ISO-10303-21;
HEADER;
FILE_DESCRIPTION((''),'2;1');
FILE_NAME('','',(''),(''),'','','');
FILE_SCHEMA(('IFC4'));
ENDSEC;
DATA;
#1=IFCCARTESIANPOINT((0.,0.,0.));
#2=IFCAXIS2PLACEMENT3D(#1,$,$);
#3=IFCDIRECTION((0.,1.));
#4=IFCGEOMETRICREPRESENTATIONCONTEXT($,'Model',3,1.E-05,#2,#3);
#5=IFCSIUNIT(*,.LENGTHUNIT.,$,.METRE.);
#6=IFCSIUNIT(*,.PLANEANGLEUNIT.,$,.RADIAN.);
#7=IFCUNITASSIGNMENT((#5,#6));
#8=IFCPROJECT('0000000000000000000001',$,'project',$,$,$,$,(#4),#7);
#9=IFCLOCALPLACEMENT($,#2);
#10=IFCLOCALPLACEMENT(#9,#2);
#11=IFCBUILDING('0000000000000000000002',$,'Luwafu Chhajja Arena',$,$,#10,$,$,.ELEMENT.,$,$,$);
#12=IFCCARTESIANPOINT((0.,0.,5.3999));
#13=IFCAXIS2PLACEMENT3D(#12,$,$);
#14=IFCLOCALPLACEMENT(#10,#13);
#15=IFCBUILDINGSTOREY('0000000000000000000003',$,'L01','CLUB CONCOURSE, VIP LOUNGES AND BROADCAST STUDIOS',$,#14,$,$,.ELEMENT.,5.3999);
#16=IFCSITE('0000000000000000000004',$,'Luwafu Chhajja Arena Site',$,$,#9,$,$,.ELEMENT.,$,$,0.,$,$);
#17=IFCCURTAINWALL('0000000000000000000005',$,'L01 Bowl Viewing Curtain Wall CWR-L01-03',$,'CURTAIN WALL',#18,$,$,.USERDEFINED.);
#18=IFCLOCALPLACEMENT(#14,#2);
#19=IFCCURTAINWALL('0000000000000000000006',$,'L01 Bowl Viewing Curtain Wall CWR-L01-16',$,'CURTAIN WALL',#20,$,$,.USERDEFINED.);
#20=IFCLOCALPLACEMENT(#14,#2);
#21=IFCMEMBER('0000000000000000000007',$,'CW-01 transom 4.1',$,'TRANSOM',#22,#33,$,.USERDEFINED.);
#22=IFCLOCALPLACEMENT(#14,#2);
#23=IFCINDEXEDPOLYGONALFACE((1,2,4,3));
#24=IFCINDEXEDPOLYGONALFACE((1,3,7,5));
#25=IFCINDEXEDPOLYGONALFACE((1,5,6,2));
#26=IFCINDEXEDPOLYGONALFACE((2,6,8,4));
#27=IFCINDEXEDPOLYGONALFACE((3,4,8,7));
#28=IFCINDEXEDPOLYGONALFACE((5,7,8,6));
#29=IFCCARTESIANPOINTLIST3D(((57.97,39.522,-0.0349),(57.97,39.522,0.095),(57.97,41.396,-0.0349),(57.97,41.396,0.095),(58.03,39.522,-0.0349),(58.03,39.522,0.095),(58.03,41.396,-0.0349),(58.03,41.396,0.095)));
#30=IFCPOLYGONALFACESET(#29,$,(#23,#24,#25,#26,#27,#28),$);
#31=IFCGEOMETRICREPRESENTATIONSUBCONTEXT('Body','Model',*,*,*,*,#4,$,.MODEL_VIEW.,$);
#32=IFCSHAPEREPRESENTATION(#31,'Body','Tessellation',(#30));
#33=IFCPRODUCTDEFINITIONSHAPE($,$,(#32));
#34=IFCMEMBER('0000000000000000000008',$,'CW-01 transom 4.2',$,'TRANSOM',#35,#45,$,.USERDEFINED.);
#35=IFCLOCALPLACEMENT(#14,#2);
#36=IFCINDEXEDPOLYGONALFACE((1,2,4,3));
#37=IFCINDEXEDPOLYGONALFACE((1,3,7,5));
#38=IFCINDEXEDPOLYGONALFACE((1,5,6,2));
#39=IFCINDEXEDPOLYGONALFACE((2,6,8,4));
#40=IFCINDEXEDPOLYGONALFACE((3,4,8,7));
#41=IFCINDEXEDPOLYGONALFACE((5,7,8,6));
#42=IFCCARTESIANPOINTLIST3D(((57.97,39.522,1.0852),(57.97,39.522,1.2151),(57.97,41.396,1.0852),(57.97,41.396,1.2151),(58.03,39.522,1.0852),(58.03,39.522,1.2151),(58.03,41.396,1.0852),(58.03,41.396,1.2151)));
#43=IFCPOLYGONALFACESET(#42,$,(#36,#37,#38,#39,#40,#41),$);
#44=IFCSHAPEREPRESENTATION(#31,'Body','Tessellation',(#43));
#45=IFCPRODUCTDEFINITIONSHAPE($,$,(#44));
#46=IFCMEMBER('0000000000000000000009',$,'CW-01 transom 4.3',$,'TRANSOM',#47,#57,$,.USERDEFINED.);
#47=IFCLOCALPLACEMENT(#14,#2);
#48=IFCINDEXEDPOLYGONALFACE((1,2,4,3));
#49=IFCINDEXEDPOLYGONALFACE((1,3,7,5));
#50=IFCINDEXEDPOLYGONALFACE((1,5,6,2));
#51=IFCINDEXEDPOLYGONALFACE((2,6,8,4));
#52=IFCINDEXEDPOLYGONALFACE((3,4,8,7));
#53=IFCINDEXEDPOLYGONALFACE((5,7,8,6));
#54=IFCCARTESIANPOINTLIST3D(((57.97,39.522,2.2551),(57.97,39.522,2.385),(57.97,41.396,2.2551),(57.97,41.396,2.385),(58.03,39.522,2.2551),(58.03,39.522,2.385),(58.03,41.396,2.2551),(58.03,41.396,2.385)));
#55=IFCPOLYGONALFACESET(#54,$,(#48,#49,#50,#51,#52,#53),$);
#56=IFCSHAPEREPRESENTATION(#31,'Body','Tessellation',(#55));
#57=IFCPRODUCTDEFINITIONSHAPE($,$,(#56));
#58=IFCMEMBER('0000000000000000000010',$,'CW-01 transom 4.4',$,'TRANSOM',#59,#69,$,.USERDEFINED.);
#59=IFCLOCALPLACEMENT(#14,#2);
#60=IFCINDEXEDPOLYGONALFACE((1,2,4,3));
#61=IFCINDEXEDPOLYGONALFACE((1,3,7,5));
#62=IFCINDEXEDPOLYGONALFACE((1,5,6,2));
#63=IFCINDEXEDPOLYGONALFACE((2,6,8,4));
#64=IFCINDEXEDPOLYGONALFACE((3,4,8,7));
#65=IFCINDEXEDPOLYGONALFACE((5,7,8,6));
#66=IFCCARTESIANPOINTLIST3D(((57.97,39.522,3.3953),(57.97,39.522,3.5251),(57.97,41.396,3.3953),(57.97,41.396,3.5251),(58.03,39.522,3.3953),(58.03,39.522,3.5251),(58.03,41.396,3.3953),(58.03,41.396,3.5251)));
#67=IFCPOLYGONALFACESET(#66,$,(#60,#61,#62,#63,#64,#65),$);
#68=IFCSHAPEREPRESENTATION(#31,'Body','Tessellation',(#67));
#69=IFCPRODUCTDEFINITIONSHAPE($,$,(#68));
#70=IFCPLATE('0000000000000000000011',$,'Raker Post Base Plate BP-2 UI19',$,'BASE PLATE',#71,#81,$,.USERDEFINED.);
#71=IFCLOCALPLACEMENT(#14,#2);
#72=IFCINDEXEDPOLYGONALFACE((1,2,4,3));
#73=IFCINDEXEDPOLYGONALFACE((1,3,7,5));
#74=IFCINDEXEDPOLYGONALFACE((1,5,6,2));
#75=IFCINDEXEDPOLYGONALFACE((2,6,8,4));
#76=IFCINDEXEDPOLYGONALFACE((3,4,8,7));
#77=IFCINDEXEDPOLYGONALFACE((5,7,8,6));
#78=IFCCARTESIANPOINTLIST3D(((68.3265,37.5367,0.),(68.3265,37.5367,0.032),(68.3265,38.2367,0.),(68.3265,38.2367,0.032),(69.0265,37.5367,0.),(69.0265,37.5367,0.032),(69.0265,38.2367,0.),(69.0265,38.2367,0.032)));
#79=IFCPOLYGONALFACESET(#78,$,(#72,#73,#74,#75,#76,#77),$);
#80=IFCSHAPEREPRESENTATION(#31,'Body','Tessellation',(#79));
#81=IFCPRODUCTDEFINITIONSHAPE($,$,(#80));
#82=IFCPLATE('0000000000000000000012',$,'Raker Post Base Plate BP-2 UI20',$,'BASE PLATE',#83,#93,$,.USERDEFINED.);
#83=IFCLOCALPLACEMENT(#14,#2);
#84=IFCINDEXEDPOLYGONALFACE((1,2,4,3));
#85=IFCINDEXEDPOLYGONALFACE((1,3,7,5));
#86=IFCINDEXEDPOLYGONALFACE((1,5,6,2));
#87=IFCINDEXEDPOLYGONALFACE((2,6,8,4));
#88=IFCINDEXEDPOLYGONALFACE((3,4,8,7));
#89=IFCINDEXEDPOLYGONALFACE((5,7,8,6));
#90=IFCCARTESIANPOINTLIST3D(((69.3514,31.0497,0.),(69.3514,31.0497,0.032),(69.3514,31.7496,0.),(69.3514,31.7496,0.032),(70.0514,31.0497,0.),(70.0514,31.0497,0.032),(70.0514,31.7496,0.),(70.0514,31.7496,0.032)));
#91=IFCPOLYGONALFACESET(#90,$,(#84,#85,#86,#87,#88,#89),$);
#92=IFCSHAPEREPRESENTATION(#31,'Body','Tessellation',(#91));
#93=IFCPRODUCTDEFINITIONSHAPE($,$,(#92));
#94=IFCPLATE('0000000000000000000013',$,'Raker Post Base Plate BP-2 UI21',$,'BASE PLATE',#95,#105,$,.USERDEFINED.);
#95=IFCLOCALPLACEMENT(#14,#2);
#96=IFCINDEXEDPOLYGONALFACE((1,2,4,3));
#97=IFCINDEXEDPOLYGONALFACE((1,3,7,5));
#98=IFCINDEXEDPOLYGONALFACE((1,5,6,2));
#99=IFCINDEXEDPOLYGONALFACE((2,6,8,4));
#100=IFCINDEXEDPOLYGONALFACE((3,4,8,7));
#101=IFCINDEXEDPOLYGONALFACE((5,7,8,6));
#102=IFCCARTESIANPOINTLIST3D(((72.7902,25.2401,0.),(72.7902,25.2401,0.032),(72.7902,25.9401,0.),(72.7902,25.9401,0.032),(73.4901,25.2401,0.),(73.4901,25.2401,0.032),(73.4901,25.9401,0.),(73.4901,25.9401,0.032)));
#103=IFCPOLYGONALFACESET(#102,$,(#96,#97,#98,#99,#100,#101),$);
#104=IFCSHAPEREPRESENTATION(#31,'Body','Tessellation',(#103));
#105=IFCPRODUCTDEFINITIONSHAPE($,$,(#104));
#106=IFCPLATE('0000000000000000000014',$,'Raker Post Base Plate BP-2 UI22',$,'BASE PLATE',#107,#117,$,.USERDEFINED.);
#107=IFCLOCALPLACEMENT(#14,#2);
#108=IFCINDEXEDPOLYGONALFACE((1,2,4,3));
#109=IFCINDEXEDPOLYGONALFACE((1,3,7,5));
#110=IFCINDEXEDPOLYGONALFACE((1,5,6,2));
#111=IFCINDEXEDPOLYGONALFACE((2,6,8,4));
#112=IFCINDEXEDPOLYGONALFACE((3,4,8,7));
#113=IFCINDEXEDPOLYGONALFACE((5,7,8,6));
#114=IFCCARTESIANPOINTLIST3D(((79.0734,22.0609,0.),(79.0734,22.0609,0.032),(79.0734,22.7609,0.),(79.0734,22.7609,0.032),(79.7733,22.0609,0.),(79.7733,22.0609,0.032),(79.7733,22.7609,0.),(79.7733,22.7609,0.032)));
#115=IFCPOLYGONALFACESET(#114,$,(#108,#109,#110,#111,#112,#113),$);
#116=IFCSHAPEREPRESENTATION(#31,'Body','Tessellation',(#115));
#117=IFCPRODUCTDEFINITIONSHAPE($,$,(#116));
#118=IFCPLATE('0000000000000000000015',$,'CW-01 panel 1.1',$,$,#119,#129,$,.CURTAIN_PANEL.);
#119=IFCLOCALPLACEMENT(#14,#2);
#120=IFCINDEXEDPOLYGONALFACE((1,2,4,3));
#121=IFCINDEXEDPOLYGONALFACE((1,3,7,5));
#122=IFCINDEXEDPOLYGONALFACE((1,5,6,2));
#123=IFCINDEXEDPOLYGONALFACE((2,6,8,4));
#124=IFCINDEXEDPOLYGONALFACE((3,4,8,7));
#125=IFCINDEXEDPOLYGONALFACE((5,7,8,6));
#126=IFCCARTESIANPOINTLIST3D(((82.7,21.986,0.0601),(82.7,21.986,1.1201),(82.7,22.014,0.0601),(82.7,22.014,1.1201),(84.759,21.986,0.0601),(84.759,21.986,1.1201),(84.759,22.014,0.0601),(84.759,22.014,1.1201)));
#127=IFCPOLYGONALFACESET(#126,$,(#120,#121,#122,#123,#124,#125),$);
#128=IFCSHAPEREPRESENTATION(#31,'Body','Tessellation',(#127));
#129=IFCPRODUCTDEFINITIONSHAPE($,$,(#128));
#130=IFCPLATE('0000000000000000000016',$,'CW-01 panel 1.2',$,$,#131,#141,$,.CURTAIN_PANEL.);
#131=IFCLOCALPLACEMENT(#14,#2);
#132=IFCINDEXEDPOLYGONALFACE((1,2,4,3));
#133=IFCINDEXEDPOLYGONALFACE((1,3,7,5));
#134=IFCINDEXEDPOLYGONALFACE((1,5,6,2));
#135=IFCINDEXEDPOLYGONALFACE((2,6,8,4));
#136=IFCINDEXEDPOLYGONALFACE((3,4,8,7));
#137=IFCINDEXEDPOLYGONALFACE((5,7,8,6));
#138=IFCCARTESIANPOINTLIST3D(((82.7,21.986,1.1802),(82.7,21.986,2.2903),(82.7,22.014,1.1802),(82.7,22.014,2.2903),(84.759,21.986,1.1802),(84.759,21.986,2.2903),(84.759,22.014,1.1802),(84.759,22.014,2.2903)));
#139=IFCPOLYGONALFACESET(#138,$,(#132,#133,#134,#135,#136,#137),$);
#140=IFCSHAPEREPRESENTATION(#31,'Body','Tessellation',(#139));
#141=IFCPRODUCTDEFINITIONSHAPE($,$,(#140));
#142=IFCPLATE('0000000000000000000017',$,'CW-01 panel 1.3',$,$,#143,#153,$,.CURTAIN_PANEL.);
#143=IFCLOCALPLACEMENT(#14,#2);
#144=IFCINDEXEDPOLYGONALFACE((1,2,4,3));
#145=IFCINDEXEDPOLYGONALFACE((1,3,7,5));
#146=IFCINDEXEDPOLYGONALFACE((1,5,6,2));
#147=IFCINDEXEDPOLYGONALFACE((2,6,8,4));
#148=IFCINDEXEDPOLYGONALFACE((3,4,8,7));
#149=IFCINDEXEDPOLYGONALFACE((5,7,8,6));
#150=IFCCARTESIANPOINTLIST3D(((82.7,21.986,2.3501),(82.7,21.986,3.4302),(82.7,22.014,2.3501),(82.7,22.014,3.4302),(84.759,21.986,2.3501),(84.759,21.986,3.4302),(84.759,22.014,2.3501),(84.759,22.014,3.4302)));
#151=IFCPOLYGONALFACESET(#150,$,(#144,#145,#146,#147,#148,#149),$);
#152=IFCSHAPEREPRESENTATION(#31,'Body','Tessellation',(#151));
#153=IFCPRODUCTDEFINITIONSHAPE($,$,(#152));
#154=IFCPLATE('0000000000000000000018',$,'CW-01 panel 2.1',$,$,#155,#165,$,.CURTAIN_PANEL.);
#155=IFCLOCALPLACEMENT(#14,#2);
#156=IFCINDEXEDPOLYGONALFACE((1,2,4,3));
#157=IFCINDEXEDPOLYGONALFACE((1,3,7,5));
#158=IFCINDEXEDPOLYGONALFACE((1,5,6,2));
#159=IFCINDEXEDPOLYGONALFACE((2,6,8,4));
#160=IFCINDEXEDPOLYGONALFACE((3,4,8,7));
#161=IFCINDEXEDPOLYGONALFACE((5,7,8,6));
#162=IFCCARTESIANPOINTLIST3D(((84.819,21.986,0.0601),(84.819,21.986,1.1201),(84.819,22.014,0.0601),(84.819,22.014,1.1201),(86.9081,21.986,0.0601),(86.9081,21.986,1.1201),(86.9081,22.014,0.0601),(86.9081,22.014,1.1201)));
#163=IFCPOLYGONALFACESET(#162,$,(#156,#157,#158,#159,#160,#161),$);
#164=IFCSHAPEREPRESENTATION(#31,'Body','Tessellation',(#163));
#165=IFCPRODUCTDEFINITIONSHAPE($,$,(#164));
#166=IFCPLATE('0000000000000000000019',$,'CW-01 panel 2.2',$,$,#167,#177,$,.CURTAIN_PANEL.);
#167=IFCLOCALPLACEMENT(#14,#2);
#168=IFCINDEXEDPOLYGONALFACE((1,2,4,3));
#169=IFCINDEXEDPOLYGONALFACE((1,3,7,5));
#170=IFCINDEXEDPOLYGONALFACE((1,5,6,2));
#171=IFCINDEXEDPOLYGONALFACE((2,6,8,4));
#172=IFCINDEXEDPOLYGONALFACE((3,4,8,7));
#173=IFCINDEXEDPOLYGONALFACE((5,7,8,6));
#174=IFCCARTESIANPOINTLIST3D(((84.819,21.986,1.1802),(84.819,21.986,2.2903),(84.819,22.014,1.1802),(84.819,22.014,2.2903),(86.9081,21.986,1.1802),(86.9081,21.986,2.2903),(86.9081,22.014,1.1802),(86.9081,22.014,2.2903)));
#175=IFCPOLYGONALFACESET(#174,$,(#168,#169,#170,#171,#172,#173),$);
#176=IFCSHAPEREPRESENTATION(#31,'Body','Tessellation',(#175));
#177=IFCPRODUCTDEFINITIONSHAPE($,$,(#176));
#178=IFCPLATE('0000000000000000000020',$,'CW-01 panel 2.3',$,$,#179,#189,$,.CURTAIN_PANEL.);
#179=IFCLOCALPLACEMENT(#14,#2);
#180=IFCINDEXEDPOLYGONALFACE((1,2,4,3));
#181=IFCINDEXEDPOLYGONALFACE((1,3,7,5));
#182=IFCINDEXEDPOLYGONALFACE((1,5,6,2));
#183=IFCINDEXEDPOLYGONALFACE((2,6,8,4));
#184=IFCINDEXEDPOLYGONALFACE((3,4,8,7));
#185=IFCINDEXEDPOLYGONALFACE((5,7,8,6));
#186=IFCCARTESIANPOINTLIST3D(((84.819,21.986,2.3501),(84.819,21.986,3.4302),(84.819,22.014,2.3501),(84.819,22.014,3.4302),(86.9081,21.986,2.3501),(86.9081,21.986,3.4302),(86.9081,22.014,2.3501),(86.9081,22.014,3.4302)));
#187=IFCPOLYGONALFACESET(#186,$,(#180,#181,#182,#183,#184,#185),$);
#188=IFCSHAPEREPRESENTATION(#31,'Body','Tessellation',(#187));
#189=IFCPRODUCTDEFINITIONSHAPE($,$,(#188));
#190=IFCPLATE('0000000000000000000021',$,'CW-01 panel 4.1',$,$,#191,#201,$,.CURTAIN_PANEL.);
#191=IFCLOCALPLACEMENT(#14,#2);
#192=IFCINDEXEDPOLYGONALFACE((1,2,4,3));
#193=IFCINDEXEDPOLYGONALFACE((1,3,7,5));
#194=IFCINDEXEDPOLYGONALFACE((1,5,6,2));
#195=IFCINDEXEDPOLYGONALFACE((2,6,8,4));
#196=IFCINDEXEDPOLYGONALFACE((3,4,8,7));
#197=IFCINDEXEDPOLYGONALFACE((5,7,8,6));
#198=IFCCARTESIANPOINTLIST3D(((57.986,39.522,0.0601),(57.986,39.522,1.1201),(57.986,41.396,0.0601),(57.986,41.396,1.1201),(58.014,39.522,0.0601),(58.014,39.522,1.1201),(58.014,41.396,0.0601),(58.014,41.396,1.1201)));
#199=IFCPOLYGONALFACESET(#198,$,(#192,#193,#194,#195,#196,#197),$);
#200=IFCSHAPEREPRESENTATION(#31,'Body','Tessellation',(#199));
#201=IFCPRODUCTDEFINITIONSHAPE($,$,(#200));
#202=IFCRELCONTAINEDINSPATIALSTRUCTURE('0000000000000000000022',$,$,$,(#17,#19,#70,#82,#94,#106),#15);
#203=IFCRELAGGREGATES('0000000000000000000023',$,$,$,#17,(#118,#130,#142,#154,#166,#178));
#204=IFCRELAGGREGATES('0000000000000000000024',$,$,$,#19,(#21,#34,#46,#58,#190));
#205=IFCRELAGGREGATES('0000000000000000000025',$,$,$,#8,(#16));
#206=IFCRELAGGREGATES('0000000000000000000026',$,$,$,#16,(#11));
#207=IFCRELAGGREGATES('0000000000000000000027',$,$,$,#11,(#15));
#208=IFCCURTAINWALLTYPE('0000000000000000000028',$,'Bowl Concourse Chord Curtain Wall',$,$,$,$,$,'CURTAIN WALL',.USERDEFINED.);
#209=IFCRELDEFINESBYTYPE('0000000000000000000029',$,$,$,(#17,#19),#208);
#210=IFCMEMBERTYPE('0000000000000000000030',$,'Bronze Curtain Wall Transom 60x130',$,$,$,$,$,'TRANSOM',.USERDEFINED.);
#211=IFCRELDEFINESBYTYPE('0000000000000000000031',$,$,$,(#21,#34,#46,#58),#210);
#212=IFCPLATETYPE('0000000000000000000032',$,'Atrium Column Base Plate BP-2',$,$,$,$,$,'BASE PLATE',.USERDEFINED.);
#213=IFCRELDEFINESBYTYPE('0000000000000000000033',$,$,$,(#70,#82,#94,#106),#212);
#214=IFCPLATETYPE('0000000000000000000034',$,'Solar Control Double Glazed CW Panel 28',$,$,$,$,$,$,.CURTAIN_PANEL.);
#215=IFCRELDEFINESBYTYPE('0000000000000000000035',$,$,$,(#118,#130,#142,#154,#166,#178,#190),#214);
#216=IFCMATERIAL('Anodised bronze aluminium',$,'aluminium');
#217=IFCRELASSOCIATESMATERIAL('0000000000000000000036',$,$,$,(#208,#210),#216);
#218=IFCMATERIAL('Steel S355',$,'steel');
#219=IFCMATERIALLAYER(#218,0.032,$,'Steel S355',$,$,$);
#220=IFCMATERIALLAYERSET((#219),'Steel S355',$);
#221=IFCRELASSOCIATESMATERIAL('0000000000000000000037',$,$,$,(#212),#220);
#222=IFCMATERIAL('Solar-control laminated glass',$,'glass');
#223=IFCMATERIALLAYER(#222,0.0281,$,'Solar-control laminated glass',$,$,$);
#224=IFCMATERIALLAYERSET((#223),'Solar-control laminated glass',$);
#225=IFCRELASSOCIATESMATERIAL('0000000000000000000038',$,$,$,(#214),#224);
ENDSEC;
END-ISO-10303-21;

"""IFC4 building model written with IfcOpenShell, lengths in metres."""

from ifc_helpers import new_model, si_unit, direction, frame, origin, origin_2d, place, context, subcontext, project, spatial, rectangle, extrude, material, layer, layer_set, material_profile, profile_set, type_object, element, aggregate, save


model = new_model("IFC4")

# Units and contexts
model_context = context("Model", 3, precision=1e-05, world=origin(), true_north=direction((0.0, 1.0)))
body_context = subcontext(model_context, "Body", "Model", "MODEL_VIEW")
ifc_project = project(units=[si_unit("LENGTHUNIT", "METRE"), si_unit("PLANEANGLEUNIT", "RADIAN")], contexts=[model_context])

# Site, building, storey
site_placement = place(None, origin())
site = spatial("IfcSite", under=ifc_project, at=site_placement, Name="Luwafu Chhajja Arena Site", CompositionType="ELEMENT", RefElevation=0.0)
building_placement = place(site_placement, origin())
building = spatial("IfcBuilding", under=site, at=building_placement, Name="Luwafu Chhajja Arena", CompositionType="ELEMENT")
storey_placement = place(building_placement, frame((0.0, 0.0, 5.3999)))
storey = spatial("IfcBuildingStorey", under=building, at=storey_placement, Name="L01", Description="CLUB CONCOURSE, VIP LOUNGES AND BROADCAST STUDIOS", CompositionType="ELEMENT", Elevation=5.3999)

# Shared definitions
ifc_material_1 = material(Name="Steel S355", Category="steel")

# Curtain wall
ifc_material_2 = material(Name="Anodised bronze aluminium", Category="aluminium")
curtain_wall_type = type_object("IfcCurtainWallType", Name="Bowl Concourse Chord Curtain Wall", ElementType="CURTAIN WALL", PredefinedType="USERDEFINED", material=ifc_material_2)
curtain_wall_1_placement = place(storey_placement, origin())
curtain_wall_1 = element("IfcCurtainWall", 1, at=curtain_wall_1_placement, inside=storey, type_object=curtain_wall_type, Name="L01 Bowl Viewing Curtain Wall CWR-L01-03", ObjectType="CURTAIN WALL", PredefinedType="USERDEFINED")

# Curtain wall
curtain_wall_2_placement = place(storey_placement, origin())
curtain_wall_2 = element("IfcCurtainWall", 2, at=curtain_wall_2_placement, inside=storey, type_object=curtain_wall_type, Name="L01 Bowl Viewing Curtain Wall CWR-L01-16", ObjectType="CURTAIN WALL", PredefinedType="USERDEFINED")

# Members
ifc_material_profile_1 = material_profile(ifc_material_2, rectangle(XDim=0.0601, YDim=0.1299, at=origin_2d()), Name="CWT 60x130")
ifc_profile_set_1 = profile_set([ifc_material_profile_1], Name="Anodised bronze aluminium")
member_type_1 = type_object("IfcMemberType", Name="Bronze Curtain Wall Transom 60x130", ElementType="TRANSOM", PredefinedType="USERDEFINED", material=ifc_profile_set_1)
member_1_placement = place(storey_placement, frame((58.0, 39.522, 0.03), z_axis=(0.0, 1.0, 0.0), x_axis=(-1.0, 0.0, 0.0)))
member_1 = element("IfcMember", 3, at=member_1_placement, type_object=member_type_1, Name="CW-01 transom 4.1", ObjectType="TRANSOM", PredefinedType="USERDEFINED", context=body_context, shape_type="SweptSolid", body=[
    extrude(rectangle(XDim=0.0601, YDim=0.1299, at=origin_2d()), origin(), (0.0, 0.0, 1.0), 1.874),
])
member_2_placement = place(storey_placement, frame((58.0, 39.522, 1.1501), z_axis=(0.0, 1.0, 0.0), x_axis=(-1.0, 0.0, 0.0)))
member_2 = element("IfcMember", 4, at=member_2_placement, type_object=member_type_1, Name="CW-01 transom 4.2", ObjectType="TRANSOM", PredefinedType="USERDEFINED", context=body_context, shape_type="SweptSolid", body=[
    extrude(rectangle(XDim=0.0601, YDim=0.1299, at=origin_2d()), origin(), (0.0, 0.0, 1.0), 1.874),
])
member_3_placement = place(storey_placement, frame((58.0, 39.522, 2.3201), z_axis=(0.0, 1.0, 0.0), x_axis=(-1.0, 0.0, 0.0)))
member_3 = element("IfcMember", 5, at=member_3_placement, type_object=member_type_1, Name="CW-01 transom 4.3", ObjectType="TRANSOM", PredefinedType="USERDEFINED", context=body_context, shape_type="SweptSolid", body=[
    extrude(rectangle(XDim=0.0601, YDim=0.1299, at=origin_2d()), origin(), (0.0, 0.0, 1.0), 1.874),
])
member_4_placement = place(storey_placement, frame((58.0, 39.522, 3.4602), z_axis=(0.0, 1.0, 0.0), x_axis=(-1.0, 0.0, 0.0)))
member_4 = element("IfcMember", 6, at=member_4_placement, type_object=member_type_1, Name="CW-01 transom 4.4", ObjectType="TRANSOM", PredefinedType="USERDEFINED", context=body_context, shape_type="SweptSolid", body=[
    extrude(rectangle(XDim=0.0601, YDim=0.1299, at=origin_2d()), origin(), (0.0, 0.0, 1.0), 1.874),
])

# Plates
ifc_layer_1 = layer(ifc_material_1, 0.032, Name="Steel S355")
ifc_layer_set_1 = layer_set([ifc_layer_1], Name="Steel S355")
plate_type_1 = type_object("IfcPlateType", Name="Atrium Column Base Plate BP-2", ElementType="BASE PLATE", PredefinedType="USERDEFINED", material=ifc_layer_set_1)
for number, where, z_axis, x_axis, name in (
    (7, (68.6765, 37.8867, 0.0), (0.0, 0.0, 1.0), (1.0, 0.0, 0.0), "Raker Post Base Plate BP-2 UI19"),
    (8, (69.7014, 31.3997, 0.0), (0.0, 0.0, 1.0), (1.0, 0.0, 0.0), "Raker Post Base Plate BP-2 UI20"),
    (9, (73.1401, 25.5901, 0.0), (0.0, 0.0, 1.0), (1.0, 0.0, 0.0), "Raker Post Base Plate BP-2 UI21"),
    (10, (79.4233, 22.4109, 0.0), (0.0, 0.0, 1.0), (1.0, 0.0, 0.0), "Raker Post Base Plate BP-2 UI22"),
):
    element("IfcPlate", number, at=place(storey_placement, frame(where, z_axis=z_axis, x_axis=x_axis)), inside=storey, type_object=plate_type_1, Name=name, ObjectType="BASE PLATE", PredefinedType="USERDEFINED", context=body_context, shape_type="SweptSolid", body=[
        extrude(rectangle(XDim=0.7, YDim=0.7, at=origin_2d()), origin(), (0.0, 0.0, 1.0), 0.032),
    ])

# Plates
ifc_material_3 = material(Name="Solar-control laminated glass", Category="glass")
ifc_layer_2 = layer(ifc_material_3, 0.0281, Name="Solar-control laminated glass")
ifc_layer_set_2 = layer_set([ifc_layer_2], Name="Solar-control laminated glass")
plate_type_2 = type_object("IfcPlateType", Name="Solar Control Double Glazed CW Panel 28", PredefinedType="CURTAIN_PANEL", material=ifc_layer_set_2)
plate_1_placement = place(storey_placement, frame((83.7295, 22.0, 0.0601), z_axis=(0.0, 0.0, 1.0), x_axis=(1.0, 0.0, 0.0)))
plate_1 = element("IfcPlate", 11, at=plate_1_placement, type_object=plate_type_2, Name="CW-01 panel 1.1", PredefinedType="CURTAIN_PANEL", context=body_context, shape_type="SweptSolid", body=[
    extrude(rectangle(XDim=2.0591, YDim=0.0281, at=origin_2d()), origin(), (0.0, 0.0, 1.0), 1.0601),
])
plate_2_placement = place(storey_placement, frame((83.7295, 22.0, 1.1802), z_axis=(0.0, 0.0, 1.0), x_axis=(1.0, 0.0, 0.0)))
plate_2 = element("IfcPlate", 12, at=plate_2_placement, type_object=plate_type_2, Name="CW-01 panel 1.2", PredefinedType="CURTAIN_PANEL", context=body_context, shape_type="SweptSolid", body=[
    extrude(rectangle(XDim=2.0591, YDim=0.0281, at=origin_2d()), origin(), (0.0, 0.0, 1.0), 1.1101),
])
plate_3_placement = place(storey_placement, frame((83.7295, 22.0, 2.3501), z_axis=(0.0, 0.0, 1.0), x_axis=(1.0, 0.0, 0.0)))
plate_3 = element("IfcPlate", 13, at=plate_3_placement, type_object=plate_type_2, Name="CW-01 panel 1.3", PredefinedType="CURTAIN_PANEL", context=body_context, shape_type="SweptSolid", body=[
    extrude(rectangle(XDim=2.0591, YDim=0.0281, at=origin_2d()), origin(), (0.0, 0.0, 1.0), 1.0801),
])
plate_4_placement = place(storey_placement, frame((85.8635, 22.0, 0.0601), z_axis=(0.0, 0.0, 1.0), x_axis=(1.0, 0.0, 0.0)))
plate_4 = element("IfcPlate", 14, at=plate_4_placement, type_object=plate_type_2, Name="CW-01 panel 2.1", PredefinedType="CURTAIN_PANEL", context=body_context, shape_type="SweptSolid", body=[
    extrude(rectangle(XDim=2.0891, YDim=0.0281, at=origin_2d()), origin(), (0.0, 0.0, 1.0), 1.0601),
])
plate_5_placement = place(storey_placement, frame((85.8635, 22.0, 1.1802), z_axis=(0.0, 0.0, 1.0), x_axis=(1.0, 0.0, 0.0)))
plate_5 = element("IfcPlate", 15, at=plate_5_placement, type_object=plate_type_2, Name="CW-01 panel 2.2", PredefinedType="CURTAIN_PANEL", context=body_context, shape_type="SweptSolid", body=[
    extrude(rectangle(XDim=2.0891, YDim=0.0281, at=origin_2d()), origin(), (0.0, 0.0, 1.0), 1.1101),
])
plate_6_placement = place(storey_placement, frame((85.8635, 22.0, 2.3501), z_axis=(0.0, 0.0, 1.0), x_axis=(1.0, 0.0, 0.0)))
plate_6 = element("IfcPlate", 16, at=plate_6_placement, type_object=plate_type_2, Name="CW-01 panel 2.3", PredefinedType="CURTAIN_PANEL", context=body_context, shape_type="SweptSolid", body=[
    extrude(rectangle(XDim=2.0891, YDim=0.0281, at=origin_2d()), origin(), (0.0, 0.0, 1.0), 1.0801),
])
aggregate(curtain_wall_1, [plate_1, plate_2, plate_3, plate_4, plate_5, plate_6])
plate_7_placement = place(storey_placement, frame((58.0, 40.459, 0.0601), z_axis=(0.0, 0.0, 1.0), x_axis=(0.0, 1.0, 0.0)))
plate_7 = element("IfcPlate", 17, at=plate_7_placement, type_object=plate_type_2, Name="CW-01 panel 4.1", PredefinedType="CURTAIN_PANEL", context=body_context, shape_type="SweptSolid", body=[
    extrude(rectangle(XDim=1.874, YDim=0.0281, at=origin_2d()), origin(), (0.0, 0.0, 1.0), 1.0601),
])
aggregate(curtain_wall_2, [member_1, member_2, member_3, member_4, plate_7])

save(model, "model.ifc")
